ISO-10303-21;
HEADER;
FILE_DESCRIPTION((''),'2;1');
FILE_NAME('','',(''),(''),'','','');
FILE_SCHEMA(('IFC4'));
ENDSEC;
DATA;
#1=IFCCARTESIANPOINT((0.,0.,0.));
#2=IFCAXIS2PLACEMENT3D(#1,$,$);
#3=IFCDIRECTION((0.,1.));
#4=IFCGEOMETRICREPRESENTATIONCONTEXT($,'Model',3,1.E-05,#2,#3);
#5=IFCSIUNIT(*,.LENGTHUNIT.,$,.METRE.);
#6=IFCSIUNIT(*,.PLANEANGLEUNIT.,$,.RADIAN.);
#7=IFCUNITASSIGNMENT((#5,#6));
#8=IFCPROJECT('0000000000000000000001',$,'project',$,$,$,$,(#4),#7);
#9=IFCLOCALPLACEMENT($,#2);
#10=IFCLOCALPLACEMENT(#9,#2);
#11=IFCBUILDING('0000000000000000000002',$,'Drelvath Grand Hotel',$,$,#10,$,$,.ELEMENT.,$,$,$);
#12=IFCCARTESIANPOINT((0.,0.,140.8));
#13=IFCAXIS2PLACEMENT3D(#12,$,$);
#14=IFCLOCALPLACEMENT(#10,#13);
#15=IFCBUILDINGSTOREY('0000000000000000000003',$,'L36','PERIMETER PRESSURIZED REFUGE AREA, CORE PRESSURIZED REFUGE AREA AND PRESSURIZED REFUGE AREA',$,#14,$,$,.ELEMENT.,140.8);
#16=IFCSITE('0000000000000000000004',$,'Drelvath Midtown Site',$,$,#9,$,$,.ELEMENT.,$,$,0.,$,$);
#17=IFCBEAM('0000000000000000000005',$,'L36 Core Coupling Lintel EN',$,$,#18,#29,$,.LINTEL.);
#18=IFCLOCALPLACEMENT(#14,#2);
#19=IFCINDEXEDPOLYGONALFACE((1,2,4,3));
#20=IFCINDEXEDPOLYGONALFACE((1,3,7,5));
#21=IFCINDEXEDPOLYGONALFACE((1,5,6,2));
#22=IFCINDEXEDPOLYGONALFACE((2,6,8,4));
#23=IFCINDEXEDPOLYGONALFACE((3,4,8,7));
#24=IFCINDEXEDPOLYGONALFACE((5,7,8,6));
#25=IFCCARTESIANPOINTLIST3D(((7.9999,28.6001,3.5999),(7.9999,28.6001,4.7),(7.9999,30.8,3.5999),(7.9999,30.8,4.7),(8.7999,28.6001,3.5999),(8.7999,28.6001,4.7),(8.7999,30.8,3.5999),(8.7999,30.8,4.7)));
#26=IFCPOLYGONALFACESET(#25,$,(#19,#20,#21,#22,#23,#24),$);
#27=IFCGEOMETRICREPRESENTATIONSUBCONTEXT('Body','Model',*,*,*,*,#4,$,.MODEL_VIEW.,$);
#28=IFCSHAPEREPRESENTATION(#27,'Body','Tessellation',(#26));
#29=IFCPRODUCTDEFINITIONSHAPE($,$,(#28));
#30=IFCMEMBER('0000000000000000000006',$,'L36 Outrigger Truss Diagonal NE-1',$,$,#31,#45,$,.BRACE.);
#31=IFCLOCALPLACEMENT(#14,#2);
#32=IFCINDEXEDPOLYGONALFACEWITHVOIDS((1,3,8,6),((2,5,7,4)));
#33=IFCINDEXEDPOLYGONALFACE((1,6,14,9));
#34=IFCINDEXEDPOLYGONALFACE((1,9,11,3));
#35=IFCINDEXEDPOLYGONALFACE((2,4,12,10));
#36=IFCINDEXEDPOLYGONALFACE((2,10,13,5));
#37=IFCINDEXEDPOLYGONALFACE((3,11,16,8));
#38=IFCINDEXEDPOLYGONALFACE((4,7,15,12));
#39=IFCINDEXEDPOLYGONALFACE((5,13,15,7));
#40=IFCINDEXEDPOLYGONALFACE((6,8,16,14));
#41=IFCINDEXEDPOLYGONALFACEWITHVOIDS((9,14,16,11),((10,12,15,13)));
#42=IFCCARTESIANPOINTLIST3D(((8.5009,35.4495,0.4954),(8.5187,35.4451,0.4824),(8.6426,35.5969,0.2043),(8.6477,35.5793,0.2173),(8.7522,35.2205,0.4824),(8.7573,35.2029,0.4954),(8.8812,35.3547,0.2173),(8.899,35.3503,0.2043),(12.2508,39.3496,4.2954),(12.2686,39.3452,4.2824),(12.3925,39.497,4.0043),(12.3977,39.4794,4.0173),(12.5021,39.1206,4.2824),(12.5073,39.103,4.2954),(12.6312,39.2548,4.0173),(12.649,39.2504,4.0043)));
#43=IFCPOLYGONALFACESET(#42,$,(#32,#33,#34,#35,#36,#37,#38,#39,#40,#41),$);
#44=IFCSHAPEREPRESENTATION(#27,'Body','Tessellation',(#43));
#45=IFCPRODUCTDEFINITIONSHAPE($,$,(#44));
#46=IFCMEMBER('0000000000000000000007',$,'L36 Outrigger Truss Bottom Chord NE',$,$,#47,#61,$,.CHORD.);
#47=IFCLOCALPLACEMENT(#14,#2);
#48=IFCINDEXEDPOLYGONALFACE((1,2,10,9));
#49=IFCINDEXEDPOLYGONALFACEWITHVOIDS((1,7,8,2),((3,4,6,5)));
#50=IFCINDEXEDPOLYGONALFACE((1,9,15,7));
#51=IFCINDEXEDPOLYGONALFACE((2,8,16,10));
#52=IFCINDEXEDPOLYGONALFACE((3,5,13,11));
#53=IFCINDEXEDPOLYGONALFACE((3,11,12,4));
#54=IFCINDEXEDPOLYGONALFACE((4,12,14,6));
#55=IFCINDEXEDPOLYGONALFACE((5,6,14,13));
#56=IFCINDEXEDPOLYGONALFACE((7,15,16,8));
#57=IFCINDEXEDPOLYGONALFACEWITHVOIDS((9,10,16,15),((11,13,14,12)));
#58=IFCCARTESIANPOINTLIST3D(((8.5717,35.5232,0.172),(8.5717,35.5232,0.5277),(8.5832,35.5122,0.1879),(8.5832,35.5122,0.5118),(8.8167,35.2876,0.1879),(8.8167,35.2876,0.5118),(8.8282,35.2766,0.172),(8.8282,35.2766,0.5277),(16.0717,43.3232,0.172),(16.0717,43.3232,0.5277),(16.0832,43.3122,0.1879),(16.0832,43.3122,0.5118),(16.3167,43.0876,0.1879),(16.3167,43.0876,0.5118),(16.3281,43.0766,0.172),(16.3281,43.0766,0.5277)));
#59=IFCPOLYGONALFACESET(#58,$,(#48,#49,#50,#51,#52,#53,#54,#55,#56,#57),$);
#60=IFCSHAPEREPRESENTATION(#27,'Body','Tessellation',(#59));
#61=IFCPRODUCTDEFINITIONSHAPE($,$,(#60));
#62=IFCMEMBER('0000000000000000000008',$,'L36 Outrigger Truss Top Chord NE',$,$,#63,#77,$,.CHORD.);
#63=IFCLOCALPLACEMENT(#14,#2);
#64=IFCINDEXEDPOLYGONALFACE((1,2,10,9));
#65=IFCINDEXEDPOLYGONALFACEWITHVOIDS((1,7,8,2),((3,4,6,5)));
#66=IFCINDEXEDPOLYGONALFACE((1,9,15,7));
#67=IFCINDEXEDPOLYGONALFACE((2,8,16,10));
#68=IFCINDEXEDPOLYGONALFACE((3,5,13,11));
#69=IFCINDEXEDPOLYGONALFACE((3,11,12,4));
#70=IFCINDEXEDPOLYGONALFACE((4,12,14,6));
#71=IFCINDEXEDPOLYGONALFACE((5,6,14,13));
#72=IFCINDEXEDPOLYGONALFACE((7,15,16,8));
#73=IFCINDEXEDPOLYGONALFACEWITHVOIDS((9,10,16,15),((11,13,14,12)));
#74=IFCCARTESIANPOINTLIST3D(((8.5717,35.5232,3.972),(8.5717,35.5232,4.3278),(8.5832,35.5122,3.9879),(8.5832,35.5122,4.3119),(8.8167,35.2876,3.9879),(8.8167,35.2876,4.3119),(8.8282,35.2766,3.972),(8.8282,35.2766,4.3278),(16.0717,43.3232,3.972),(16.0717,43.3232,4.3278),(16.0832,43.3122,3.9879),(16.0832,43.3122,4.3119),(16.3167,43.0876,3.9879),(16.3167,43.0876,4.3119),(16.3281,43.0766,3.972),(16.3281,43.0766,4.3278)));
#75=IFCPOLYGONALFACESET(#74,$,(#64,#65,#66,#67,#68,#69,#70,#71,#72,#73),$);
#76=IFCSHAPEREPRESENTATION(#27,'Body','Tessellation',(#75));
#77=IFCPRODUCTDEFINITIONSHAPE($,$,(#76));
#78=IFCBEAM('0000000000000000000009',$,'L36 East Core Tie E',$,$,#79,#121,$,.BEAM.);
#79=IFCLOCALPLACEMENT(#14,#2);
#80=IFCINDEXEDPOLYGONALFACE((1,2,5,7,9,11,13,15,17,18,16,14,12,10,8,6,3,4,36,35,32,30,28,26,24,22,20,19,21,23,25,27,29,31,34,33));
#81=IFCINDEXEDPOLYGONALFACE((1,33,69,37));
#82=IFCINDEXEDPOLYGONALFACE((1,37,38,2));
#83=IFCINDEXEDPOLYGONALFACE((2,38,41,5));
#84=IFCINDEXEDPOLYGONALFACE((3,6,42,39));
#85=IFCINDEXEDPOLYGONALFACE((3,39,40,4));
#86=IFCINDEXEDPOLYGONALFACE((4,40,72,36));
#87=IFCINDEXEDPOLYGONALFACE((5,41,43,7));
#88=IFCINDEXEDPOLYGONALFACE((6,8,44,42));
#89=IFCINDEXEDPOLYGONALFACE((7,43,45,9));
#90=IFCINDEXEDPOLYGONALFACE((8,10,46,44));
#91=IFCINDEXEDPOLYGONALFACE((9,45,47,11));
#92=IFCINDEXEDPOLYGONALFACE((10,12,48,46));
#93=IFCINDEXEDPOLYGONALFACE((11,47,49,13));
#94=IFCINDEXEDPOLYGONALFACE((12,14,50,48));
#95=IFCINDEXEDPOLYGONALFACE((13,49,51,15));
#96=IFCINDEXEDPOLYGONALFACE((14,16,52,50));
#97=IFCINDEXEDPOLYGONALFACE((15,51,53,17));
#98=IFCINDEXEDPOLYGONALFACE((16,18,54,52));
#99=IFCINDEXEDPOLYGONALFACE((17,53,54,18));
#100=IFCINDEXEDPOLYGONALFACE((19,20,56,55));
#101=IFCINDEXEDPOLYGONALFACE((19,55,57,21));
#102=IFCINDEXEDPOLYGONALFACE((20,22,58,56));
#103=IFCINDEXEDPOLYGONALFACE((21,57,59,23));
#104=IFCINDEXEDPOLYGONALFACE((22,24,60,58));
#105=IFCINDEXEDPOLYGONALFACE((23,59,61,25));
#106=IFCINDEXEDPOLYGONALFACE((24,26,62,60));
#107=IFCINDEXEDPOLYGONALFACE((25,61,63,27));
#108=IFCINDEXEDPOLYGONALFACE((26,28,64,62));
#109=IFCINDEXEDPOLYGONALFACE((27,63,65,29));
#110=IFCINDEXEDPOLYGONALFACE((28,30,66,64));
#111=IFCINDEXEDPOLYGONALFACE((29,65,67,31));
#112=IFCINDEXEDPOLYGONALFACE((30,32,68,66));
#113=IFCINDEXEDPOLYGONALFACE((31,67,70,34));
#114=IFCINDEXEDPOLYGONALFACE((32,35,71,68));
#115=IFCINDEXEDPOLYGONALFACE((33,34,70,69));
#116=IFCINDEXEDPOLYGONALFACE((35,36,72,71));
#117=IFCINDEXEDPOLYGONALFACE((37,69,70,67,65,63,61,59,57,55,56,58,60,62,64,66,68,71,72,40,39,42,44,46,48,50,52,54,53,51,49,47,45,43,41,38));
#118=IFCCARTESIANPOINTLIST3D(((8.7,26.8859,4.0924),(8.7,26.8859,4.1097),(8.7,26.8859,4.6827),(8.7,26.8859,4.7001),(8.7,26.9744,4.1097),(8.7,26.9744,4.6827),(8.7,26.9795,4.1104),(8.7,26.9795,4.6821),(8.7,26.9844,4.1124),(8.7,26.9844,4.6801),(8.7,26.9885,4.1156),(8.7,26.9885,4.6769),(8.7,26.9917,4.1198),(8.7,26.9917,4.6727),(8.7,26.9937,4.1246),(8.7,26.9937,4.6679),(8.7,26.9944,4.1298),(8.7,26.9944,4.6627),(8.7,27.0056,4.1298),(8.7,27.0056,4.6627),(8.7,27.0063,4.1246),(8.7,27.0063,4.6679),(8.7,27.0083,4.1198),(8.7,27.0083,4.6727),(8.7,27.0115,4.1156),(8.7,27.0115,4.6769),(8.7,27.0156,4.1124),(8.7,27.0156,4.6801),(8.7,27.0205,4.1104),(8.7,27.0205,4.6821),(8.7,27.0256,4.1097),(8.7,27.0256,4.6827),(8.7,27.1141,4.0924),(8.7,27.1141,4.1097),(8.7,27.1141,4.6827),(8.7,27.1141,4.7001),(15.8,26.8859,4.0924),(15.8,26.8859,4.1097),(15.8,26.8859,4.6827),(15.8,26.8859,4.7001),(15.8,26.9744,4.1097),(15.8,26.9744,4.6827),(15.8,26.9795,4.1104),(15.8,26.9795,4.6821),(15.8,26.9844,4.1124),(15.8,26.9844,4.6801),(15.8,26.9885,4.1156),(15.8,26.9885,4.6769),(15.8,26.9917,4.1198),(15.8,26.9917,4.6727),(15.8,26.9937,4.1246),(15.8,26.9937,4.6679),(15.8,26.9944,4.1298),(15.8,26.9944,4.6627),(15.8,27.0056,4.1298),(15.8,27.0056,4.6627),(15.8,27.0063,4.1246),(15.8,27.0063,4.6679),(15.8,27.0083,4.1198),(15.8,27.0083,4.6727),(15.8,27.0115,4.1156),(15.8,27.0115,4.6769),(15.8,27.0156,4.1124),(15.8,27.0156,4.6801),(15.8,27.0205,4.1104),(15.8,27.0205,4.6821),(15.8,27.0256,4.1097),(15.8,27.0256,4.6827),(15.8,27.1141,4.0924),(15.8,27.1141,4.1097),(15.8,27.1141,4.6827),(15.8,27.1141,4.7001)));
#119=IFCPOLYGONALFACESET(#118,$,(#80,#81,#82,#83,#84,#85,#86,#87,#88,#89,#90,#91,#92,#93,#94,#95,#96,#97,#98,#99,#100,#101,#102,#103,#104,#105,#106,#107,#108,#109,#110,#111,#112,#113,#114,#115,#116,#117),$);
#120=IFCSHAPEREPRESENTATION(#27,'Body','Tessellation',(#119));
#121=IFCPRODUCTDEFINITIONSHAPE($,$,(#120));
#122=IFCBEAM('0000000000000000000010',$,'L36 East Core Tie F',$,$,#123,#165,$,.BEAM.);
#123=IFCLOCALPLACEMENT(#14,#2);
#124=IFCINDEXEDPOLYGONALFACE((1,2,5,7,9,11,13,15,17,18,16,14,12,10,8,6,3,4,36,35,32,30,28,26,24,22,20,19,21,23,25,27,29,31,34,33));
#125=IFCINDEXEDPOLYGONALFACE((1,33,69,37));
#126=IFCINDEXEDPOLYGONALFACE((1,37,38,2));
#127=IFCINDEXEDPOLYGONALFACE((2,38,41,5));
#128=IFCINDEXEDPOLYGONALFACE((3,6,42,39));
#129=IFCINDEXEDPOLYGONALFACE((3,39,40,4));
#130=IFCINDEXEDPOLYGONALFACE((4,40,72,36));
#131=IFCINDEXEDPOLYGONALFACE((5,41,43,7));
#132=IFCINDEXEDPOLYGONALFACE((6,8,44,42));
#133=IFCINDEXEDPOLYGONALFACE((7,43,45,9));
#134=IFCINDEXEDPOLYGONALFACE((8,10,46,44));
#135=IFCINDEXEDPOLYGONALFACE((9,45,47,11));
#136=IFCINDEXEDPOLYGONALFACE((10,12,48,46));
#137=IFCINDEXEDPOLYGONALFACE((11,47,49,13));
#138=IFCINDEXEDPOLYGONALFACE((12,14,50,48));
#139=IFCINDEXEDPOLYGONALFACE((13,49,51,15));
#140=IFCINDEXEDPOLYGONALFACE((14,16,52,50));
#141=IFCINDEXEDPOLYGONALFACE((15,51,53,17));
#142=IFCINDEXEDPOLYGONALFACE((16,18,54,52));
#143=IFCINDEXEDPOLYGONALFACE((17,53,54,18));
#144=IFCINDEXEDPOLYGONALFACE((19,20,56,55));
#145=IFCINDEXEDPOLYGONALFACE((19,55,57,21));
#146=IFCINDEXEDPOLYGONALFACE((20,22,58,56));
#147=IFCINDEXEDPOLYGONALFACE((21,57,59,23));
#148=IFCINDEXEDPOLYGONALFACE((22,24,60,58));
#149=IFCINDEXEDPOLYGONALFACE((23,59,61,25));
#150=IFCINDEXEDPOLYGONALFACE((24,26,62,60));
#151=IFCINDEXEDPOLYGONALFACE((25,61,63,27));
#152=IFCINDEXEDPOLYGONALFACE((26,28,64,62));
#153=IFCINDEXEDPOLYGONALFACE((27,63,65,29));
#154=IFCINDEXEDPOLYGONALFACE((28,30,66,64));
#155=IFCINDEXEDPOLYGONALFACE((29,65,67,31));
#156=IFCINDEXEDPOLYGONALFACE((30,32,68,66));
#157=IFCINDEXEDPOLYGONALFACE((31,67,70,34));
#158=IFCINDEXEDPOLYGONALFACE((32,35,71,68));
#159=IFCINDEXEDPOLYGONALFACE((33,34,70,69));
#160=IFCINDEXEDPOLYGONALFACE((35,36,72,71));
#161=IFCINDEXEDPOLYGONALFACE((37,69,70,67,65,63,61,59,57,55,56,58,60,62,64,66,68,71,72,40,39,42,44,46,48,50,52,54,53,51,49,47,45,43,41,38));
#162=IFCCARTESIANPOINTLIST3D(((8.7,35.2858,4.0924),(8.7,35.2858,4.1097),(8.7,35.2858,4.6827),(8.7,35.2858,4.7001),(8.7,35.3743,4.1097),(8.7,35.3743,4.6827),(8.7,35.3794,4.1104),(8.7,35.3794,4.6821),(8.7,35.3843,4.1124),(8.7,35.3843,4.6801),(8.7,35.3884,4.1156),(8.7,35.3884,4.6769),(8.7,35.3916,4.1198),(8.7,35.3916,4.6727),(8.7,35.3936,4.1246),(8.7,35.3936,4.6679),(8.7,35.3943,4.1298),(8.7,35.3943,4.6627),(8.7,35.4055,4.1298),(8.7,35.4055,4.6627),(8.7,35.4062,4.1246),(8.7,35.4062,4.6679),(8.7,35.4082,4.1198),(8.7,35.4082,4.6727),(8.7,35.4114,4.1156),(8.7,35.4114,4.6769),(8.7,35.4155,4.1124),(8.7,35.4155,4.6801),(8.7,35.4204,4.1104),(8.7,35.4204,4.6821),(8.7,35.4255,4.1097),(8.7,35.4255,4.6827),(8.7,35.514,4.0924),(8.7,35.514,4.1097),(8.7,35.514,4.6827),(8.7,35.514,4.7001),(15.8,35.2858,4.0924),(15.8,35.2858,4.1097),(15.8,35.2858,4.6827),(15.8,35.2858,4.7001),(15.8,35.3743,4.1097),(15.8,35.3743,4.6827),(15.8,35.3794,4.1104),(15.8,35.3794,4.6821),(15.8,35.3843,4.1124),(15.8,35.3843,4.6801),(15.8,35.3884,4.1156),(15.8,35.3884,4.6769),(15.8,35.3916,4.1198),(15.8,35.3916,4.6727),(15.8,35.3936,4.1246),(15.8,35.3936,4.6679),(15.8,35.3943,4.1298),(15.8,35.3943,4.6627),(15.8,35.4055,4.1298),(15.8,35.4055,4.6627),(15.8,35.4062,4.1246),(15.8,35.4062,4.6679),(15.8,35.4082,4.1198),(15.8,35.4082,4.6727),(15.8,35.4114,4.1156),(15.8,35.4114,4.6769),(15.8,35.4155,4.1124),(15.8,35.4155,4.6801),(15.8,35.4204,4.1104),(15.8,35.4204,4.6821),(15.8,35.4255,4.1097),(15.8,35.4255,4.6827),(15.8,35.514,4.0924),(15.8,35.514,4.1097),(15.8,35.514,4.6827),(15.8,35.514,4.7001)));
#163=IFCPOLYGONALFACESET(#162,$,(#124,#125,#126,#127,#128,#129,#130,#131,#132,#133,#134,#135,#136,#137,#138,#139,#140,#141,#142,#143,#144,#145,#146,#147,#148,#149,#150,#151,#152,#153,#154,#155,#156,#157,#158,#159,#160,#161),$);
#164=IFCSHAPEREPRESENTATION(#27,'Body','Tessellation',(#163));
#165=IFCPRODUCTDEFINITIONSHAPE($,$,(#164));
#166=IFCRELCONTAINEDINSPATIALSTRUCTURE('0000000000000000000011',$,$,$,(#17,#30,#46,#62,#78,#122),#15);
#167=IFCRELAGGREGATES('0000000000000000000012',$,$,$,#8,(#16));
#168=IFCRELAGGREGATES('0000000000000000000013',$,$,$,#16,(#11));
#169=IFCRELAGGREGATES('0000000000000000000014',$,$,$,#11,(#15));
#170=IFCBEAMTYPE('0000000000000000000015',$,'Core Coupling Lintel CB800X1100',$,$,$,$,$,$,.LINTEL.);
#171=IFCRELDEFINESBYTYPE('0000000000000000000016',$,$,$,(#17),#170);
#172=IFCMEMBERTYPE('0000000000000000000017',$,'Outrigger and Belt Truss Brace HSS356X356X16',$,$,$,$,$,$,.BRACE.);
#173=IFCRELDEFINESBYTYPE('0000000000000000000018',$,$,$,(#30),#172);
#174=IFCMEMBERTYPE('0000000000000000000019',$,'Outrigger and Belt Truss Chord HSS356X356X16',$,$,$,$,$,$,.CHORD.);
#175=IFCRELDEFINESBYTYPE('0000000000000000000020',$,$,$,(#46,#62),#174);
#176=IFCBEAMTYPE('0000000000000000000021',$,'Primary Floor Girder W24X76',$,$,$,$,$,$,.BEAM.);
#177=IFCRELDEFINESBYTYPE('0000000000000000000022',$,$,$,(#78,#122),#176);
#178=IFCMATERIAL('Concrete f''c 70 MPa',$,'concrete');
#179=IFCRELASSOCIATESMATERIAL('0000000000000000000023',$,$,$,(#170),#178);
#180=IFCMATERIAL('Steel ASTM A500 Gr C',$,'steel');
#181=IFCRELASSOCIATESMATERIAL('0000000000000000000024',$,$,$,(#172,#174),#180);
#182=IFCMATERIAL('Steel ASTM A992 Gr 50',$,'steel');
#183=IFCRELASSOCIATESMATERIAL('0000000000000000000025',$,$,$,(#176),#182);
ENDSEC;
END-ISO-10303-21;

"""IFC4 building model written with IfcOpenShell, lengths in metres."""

from ifc_helpers import new_model, si_unit, direction, frame, origin, origin_2d, place, context, subcontext, project, spatial, rectangle, hollow_rectangle, i_section, extrude, material, material_profile, profile_set, type_object, element, save


model = new_model("IFC4")

# Units and contexts
model_context = context("Model", 3, precision=1e-05, world=origin(), true_north=direction((0.0, 1.0)))
body_context = subcontext(model_context, "Body", "Model", "MODEL_VIEW")
ifc_project = project(units=[si_unit("LENGTHUNIT", "METRE"), si_unit("PLANEANGLEUNIT", "RADIAN")], contexts=[model_context])

# Site, building, storey
site_placement = place(None, origin())
site = spatial("IfcSite", under=ifc_project, at=site_placement, Name="Drelvath Midtown Site", CompositionType="ELEMENT", RefElevation=0.0)
building_placement = place(site_placement, origin())
building = spatial("IfcBuilding", under=site, at=building_placement, Name="Drelvath Grand Hotel", CompositionType="ELEMENT")
storey_placement = place(building_placement, frame((0.0, 0.0, 140.8)))
storey = spatial("IfcBuildingStorey", under=building, at=storey_placement, Name="L36", Description="PERIMETER PRESSURIZED REFUGE AREA, CORE PRESSURIZED REFUGE AREA AND PRESSURIZED REFUGE AREA", CompositionType="ELEMENT", Elevation=140.8)

# Beam
ifc_material_1 = material(Name="Concrete f'c 70 MPa", Category="concrete")
ifc_material_profile_1 = material_profile(ifc_material_1, rectangle(XDim=0.8, YDim=1.1001, at=origin_2d()), Name="CB800X1100")
ifc_profile_set_1 = profile_set([ifc_material_profile_1], Name="Concrete f'c 70 MPa")
beam_type_1 = type_object("IfcBeamType", Name="Core Coupling Lintel CB800X1100", PredefinedType="LINTEL", material=ifc_profile_set_1)
beam_placement = place(storey_placement, frame((8.3999, 28.6001, 4.1499), z_axis=(0.0, 1.0, 0.0), x_axis=(-1.0, 0.0, 0.0)))
element("IfcBeam", 1, at=beam_placement, inside=storey, type_object=beam_type_1, Name="L36 Core Coupling Lintel EN", PredefinedType="LINTEL", context=body_context, shape_type="SweptSolid", body=[
    extrude(rectangle(XDim=0.8, YDim=1.1001, at=origin_2d()), origin(), (0.0, 0.0, 1.0), 2.2),
])

# Members
ifc_material_2 = material(Name="Steel ASTM A500 Gr C", Category="steel")
ifc_material_profile_2 = material_profile(ifc_material_2, hollow_rectangle(XDim=0.3557, YDim=0.3557, WallThickness=0.0159, at=origin_2d()), Name="HSS356X356X16")
ifc_profile_set_2 = profile_set([ifc_material_profile_2], Name="Steel ASTM A500 Gr C")
member_type_1 = type_object("IfcMemberType", Name="Outrigger and Belt Truss Brace HSS356X356X16", PredefinedType="BRACE", material=ifc_profile_set_2)
member_placement = place(storey_placement, frame((8.7, 35.3999, 0.3499), z_axis=(0.56718, 0.589889, 0.57475), x_axis=(-0.720846, 0.693095, 0.0)))
element("IfcMember", 2, at=member_placement, inside=storey, type_object=member_type_1, Name="L36 Outrigger Truss Diagonal NE-1", PredefinedType="BRACE", context=body_context, shape_type="SweptSolid", body=[
    extrude(hollow_rectangle(XDim=0.3557, YDim=0.3557, WallThickness=0.0159, at=origin_2d()), origin(), (0.0, 0.0, 1.0), 6.6116),
])
ifc_material_profile_3 = material_profile(ifc_material_2, hollow_rectangle(XDim=0.3557, YDim=0.3557, WallThickness=0.0159, at=origin_2d()), Name="HSS356X356X16")
ifc_profile_set_3 = profile_set([ifc_material_profile_3], Name="Steel ASTM A500 Gr C")
member_type_2 = type_object("IfcMemberType", Name="Outrigger and Belt Truss Chord HSS356X356X16", PredefinedType="CHORD", material=ifc_profile_set_3)
for number, where, z_axis, x_axis, name in (
    (3, (8.7, 35.3999, 0.3499), (0.693106, 0.720835, 0.0), (-0.720835, 0.693106, 0.0), "L36 Outrigger Truss Bottom Chord NE"),
    (4, (8.7, 35.3999, 4.1499), (0.693106, 0.720835, 0.0), (-0.720835, 0.693106, 0.0), "L36 Outrigger Truss Top Chord NE"),
):
    element("IfcMember", number, at=place(storey_placement, frame(where, z_axis=z_axis, x_axis=x_axis)), inside=storey, type_object=member_type_2, Name=name, PredefinedType="CHORD", context=body_context, shape_type="SweptSolid", body=[
        extrude(hollow_rectangle(XDim=0.3557, YDim=0.3557, WallThickness=0.0159, at=origin_2d()), origin(), (0.0, 0.0, 1.0), 10.8208),
    ])

# Beams
ifc_material_3 = material(Name="Steel ASTM A992 Gr 50", Category="steel")
ifc_material_profile_4 = material_profile(ifc_material_3, i_section(OverallWidth=0.2283, OverallDepth=0.6077, WebThickness=0.0112, FlangeThickness=0.0173, FilletRadius=0.02, at=origin_2d()), Name="W24X76")
ifc_profile_set_4 = profile_set([ifc_material_profile_4], Name="Steel ASTM A992 Gr 50")
beam_type_2 = type_object("IfcBeamType", Name="Primary Floor Girder W24X76", PredefinedType="BEAM", material=ifc_profile_set_4)
for number, where, z_axis, x_axis, name in (
    (5, (8.7, 27.0, 4.3962), (1.0, 0.0, 0.0), (0.0, 1.0, 0.0), "L36 East Core Tie E"),
    (6, (8.7, 35.3999, 4.3962), (1.0, 0.0, 0.0), (0.0, 1.0, 0.0), "L36 East Core Tie F"),
):
    element("IfcBeam", number, at=place(storey_placement, frame(where, z_axis=z_axis, x_axis=x_axis)), inside=storey, type_object=beam_type_2, Name=name, PredefinedType="BEAM", context=body_context, shape_type="SweptSolid", body=[
        extrude(i_section(OverallWidth=0.2283, OverallDepth=0.6077, WebThickness=0.0112, FlangeThickness=0.0173, FilletRadius=0.02, at=origin_2d()), origin(), (0.0, 0.0, 1.0), 7.1001),
    ])

save(model, "model.ifc")
